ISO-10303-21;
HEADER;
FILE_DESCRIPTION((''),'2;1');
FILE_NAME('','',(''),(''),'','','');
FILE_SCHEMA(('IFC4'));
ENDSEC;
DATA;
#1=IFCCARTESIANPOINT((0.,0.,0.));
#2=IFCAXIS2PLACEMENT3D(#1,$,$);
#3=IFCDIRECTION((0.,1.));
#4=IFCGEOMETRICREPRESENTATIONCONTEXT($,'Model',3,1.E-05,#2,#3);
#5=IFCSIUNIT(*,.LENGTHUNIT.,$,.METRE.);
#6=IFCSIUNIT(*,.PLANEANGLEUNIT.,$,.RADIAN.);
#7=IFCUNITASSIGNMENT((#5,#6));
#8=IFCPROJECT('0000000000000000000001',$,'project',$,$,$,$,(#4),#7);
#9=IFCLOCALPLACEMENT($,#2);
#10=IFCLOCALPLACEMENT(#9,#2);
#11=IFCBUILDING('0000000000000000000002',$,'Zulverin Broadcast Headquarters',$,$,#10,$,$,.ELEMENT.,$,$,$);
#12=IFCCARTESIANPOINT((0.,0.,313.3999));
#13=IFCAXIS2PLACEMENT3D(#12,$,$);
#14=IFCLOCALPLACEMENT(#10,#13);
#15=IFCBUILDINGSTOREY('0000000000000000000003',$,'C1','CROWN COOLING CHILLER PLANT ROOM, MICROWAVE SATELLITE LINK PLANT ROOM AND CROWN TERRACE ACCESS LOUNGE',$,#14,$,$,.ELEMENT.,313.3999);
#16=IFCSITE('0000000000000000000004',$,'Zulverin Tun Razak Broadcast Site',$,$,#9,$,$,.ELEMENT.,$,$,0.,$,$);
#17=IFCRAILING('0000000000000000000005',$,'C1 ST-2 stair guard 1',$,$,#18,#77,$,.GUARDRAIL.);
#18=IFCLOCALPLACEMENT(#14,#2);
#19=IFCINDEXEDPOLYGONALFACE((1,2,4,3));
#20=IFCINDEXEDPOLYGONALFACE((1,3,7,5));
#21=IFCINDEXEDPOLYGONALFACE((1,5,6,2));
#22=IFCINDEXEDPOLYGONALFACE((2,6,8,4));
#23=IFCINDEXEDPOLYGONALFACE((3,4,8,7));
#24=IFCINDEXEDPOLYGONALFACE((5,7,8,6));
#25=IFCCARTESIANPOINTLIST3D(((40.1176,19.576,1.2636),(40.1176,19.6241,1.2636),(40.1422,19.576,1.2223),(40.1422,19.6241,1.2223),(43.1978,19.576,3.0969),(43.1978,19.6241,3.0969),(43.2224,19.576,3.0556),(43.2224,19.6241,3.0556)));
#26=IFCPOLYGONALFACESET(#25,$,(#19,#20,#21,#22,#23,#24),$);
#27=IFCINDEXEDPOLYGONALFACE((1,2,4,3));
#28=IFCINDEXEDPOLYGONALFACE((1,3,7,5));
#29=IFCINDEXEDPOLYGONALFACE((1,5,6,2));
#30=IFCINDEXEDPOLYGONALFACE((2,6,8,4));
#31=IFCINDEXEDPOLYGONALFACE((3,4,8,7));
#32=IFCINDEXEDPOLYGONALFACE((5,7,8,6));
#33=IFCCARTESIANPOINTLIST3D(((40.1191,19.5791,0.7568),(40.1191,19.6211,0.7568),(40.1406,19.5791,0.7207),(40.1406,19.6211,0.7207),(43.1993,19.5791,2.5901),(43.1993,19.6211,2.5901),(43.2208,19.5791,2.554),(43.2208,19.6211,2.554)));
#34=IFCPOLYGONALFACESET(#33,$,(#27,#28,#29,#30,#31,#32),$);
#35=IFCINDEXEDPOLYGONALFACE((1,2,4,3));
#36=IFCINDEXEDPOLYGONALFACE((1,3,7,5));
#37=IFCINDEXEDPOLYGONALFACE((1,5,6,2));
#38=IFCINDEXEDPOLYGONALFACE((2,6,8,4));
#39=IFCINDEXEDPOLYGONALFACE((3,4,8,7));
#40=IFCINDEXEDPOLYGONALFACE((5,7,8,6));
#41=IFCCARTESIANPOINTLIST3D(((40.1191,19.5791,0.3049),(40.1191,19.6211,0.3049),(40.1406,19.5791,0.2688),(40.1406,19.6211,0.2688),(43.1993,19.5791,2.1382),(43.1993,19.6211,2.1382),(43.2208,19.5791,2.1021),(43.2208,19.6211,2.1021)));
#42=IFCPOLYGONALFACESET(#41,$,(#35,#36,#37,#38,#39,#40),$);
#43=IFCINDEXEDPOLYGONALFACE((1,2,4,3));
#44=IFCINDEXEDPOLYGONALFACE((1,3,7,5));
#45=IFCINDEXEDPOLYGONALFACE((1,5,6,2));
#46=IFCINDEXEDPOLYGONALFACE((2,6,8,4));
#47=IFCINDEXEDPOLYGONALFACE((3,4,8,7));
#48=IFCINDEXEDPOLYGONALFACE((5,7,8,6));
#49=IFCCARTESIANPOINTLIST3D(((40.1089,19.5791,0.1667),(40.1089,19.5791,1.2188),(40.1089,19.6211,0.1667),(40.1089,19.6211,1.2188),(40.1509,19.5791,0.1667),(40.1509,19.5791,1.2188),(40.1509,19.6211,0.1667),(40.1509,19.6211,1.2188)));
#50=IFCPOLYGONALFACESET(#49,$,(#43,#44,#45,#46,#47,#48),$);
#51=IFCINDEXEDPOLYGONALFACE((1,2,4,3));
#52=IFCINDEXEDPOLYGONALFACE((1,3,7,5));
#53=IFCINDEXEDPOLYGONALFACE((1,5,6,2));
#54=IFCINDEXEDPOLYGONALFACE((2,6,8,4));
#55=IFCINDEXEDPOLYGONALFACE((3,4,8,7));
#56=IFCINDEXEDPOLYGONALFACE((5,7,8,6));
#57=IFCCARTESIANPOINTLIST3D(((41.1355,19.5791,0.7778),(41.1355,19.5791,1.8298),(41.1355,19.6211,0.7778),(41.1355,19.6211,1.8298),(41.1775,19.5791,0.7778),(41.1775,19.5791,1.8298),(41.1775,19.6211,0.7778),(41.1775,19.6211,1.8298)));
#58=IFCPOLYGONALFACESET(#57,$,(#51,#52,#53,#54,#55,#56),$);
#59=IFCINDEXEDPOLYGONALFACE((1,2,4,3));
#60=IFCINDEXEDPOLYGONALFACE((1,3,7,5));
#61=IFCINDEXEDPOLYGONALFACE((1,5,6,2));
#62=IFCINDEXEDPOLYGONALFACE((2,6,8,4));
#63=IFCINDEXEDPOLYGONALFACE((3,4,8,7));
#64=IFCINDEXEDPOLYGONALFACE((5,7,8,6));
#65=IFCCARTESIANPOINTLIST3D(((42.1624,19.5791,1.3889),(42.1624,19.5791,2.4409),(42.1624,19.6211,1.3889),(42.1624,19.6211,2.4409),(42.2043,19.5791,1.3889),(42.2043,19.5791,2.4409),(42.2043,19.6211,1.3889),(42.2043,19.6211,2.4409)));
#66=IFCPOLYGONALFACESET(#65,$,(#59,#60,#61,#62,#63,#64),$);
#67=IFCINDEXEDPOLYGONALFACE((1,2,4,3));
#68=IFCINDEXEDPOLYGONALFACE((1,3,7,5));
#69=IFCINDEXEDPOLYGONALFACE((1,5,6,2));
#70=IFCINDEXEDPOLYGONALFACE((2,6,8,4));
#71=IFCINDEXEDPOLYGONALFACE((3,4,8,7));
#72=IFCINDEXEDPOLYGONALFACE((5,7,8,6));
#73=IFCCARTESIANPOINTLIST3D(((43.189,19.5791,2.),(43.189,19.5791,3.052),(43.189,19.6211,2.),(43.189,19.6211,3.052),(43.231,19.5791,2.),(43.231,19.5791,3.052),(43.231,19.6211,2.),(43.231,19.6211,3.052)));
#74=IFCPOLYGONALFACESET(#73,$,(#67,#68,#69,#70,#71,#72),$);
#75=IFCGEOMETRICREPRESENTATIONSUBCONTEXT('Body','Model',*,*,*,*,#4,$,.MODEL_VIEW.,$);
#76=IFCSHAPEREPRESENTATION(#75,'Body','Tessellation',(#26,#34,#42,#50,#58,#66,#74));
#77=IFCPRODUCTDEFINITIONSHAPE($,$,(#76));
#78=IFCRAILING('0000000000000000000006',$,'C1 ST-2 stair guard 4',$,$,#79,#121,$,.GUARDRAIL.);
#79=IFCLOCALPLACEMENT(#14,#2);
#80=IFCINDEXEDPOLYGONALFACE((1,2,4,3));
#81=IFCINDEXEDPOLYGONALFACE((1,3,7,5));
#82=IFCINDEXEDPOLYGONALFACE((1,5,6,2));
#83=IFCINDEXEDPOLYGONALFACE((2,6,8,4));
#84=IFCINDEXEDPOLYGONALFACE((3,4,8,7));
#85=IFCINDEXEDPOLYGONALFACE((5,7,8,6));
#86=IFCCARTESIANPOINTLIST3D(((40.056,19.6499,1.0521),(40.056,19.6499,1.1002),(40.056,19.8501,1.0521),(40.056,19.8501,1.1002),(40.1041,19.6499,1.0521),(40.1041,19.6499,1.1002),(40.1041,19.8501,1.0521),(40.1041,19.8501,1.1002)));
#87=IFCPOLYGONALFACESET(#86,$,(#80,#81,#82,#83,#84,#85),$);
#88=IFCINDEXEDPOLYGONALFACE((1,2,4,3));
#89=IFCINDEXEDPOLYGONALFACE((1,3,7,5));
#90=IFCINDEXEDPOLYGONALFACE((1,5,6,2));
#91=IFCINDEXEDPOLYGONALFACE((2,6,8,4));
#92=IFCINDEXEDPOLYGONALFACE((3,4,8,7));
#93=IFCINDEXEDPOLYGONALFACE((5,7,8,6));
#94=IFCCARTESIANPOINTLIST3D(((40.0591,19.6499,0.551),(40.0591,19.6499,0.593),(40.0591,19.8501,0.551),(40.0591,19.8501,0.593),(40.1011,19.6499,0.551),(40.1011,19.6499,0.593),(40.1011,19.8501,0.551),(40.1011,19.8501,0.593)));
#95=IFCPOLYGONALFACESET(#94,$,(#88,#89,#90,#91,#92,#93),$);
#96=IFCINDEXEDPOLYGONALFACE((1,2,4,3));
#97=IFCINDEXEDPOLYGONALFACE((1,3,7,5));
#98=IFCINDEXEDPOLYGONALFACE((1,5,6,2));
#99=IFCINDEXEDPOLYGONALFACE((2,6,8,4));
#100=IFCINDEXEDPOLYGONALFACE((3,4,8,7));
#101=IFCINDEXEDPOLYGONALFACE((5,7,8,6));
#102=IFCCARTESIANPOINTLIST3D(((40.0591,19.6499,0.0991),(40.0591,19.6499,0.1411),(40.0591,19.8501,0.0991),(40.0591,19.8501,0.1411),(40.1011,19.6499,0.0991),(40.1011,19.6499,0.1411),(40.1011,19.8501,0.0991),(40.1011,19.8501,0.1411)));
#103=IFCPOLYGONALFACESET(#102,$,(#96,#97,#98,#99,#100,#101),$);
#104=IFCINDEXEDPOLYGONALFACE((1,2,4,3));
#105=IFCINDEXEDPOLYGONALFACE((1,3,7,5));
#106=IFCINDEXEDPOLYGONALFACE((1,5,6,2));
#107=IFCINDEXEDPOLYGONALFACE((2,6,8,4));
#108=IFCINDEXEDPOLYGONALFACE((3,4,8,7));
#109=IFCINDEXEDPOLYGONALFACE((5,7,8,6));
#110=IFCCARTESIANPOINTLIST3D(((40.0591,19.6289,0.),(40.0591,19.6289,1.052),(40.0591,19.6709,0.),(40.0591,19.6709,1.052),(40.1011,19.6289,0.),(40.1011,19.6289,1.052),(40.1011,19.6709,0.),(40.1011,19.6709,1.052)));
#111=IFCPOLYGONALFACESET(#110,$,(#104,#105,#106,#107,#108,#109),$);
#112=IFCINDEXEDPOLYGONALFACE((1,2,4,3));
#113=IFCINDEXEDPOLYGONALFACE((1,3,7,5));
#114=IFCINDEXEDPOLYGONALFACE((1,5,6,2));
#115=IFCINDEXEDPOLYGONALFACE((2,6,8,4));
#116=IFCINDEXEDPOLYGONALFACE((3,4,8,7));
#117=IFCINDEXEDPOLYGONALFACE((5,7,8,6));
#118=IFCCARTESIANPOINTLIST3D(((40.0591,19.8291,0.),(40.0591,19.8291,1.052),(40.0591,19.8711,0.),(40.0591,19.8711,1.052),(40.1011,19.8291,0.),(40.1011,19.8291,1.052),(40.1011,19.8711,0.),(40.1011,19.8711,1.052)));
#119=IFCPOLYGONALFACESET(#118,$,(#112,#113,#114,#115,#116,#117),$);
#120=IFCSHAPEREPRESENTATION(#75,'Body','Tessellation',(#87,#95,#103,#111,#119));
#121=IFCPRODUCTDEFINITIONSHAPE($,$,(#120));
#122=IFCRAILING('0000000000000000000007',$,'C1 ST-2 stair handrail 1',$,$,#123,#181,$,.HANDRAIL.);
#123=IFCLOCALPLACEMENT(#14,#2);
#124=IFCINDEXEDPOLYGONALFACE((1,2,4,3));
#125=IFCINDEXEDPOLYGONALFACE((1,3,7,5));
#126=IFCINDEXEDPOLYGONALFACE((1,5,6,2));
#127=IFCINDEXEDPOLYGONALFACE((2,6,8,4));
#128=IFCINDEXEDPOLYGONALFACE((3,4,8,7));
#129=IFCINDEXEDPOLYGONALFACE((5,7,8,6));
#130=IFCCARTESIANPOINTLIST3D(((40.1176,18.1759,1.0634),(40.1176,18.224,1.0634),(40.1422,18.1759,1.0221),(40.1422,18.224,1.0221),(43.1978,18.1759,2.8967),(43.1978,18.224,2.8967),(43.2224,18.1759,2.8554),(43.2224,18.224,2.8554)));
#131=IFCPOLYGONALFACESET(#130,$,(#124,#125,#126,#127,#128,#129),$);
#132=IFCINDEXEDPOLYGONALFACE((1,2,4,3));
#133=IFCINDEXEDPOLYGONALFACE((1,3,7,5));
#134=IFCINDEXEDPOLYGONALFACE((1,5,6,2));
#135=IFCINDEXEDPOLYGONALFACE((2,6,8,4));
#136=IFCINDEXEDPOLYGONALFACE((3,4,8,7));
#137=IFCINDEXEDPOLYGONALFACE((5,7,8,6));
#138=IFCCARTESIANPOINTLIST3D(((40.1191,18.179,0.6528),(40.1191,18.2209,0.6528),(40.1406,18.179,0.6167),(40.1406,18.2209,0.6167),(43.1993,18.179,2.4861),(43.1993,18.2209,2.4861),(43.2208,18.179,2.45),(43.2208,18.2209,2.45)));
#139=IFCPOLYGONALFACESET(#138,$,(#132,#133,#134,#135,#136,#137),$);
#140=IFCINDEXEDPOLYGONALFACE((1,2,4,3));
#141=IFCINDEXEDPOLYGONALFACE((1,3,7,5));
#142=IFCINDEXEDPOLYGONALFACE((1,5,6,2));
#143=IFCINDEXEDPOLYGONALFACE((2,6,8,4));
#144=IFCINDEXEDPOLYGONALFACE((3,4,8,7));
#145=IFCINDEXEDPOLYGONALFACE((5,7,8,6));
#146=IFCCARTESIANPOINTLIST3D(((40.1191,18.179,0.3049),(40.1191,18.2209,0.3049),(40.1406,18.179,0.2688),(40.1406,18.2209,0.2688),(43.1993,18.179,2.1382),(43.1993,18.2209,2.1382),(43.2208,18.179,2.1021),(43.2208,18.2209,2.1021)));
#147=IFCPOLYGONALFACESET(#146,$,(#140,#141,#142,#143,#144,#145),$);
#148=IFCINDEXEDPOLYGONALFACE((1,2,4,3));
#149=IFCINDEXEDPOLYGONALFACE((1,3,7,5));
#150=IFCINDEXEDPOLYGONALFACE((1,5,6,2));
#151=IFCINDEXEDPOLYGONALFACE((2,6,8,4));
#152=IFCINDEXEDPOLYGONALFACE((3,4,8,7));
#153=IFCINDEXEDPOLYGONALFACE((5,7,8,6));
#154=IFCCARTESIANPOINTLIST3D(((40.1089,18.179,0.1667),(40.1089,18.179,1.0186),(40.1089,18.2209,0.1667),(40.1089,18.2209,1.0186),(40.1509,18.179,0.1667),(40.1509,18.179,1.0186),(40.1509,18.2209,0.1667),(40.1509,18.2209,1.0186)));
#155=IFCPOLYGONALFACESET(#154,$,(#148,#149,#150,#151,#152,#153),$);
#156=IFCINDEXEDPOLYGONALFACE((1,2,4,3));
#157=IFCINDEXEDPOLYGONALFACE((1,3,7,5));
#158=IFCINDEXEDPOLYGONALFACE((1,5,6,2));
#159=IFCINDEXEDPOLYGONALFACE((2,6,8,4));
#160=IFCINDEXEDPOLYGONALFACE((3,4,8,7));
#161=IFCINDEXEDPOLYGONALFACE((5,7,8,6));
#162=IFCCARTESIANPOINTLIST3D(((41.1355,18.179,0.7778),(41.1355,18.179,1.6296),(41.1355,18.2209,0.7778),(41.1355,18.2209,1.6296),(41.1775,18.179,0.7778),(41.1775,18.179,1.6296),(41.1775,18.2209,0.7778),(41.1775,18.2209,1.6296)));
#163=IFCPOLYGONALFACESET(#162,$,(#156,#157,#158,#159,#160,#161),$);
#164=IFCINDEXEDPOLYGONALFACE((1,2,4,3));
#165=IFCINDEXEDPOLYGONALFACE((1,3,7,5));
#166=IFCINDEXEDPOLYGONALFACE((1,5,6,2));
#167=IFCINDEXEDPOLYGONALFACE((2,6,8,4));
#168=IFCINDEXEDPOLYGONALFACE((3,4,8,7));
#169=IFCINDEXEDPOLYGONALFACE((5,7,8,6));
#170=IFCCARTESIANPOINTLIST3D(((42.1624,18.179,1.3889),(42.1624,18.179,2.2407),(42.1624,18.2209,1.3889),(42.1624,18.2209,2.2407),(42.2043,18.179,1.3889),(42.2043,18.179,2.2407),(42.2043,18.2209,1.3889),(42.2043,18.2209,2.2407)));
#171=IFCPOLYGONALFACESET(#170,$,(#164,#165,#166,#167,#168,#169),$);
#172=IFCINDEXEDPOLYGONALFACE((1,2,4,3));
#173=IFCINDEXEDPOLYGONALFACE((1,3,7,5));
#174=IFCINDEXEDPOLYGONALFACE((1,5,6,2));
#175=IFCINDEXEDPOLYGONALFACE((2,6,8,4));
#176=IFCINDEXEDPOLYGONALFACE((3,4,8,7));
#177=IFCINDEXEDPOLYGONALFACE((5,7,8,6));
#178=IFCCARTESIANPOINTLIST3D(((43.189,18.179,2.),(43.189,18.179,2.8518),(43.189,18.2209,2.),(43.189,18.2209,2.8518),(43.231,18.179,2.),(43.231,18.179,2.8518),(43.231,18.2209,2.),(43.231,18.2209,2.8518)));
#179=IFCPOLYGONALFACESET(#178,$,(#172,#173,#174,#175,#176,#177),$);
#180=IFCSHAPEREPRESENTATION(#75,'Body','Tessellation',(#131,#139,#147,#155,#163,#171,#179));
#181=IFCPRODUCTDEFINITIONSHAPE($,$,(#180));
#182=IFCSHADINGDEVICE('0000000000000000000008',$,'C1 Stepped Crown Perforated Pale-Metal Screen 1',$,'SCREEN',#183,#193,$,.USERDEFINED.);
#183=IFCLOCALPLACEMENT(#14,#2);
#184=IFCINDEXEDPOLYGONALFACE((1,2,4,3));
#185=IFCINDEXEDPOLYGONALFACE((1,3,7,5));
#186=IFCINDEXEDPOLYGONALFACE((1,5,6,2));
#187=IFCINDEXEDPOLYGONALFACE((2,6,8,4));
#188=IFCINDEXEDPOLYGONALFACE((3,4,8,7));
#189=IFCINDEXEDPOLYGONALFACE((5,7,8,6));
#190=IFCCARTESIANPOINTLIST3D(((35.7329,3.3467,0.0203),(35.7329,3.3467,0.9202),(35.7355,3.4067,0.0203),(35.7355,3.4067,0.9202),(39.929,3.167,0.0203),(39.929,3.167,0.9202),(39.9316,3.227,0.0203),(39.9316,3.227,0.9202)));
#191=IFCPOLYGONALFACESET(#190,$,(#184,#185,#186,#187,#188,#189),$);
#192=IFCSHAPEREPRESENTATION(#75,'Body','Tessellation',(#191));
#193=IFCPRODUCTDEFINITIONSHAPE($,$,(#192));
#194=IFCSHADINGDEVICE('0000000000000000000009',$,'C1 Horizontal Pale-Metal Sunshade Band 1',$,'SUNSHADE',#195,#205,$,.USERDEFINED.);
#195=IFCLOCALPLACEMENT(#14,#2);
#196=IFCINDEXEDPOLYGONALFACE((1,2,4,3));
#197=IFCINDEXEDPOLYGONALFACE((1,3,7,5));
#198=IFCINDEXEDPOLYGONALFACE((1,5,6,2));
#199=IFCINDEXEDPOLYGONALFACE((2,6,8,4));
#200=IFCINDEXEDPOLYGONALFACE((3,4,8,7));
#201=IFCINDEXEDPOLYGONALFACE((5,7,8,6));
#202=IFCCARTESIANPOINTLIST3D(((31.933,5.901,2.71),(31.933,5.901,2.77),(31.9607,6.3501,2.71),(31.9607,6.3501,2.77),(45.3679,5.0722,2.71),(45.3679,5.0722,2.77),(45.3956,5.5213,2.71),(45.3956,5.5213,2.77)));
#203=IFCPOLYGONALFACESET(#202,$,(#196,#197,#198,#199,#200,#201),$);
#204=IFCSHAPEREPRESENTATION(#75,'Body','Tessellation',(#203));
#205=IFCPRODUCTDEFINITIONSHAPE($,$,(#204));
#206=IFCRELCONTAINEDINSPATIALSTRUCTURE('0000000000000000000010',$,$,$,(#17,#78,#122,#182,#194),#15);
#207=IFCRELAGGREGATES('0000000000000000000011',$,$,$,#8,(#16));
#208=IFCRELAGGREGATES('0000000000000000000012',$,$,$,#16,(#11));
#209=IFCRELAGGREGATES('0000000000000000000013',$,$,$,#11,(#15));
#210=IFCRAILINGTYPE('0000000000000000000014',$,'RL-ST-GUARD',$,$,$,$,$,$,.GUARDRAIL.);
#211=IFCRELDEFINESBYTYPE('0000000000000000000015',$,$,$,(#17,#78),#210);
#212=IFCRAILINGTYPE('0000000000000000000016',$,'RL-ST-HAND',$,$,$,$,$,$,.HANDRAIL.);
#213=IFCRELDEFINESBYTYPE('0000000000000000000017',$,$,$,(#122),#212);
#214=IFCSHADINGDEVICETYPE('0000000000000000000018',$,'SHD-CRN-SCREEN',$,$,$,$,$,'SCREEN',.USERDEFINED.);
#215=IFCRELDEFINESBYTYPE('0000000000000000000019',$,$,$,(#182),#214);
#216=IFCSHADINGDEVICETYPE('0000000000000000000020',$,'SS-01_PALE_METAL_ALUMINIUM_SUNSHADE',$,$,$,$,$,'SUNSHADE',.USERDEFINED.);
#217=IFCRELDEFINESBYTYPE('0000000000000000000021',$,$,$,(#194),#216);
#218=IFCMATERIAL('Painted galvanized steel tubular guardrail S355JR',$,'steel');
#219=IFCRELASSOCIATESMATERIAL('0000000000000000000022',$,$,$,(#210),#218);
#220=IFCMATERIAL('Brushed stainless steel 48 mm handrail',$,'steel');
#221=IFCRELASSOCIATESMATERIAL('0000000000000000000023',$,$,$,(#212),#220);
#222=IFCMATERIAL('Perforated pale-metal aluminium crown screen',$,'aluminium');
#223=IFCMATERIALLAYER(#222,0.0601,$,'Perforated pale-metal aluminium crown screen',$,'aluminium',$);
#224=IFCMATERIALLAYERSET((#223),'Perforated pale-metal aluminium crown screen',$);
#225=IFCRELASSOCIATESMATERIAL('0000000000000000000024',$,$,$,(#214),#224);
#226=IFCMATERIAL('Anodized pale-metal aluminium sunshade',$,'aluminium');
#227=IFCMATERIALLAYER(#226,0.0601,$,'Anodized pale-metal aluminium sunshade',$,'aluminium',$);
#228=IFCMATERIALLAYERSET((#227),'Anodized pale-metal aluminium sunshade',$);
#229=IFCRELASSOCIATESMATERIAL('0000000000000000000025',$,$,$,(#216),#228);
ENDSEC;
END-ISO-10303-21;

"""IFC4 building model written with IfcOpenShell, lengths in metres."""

from ifc_helpers import new_model, si_unit, direction, frame, origin, origin_2d, place, context, subcontext, project, spatial, rectangle, extrude, material, layer, layer_set, type_object, element, save


model = new_model("IFC4")

# Units and contexts
model_context = context("Model", 3, precision=1e-05, world=origin(), true_north=direction((0.0, 1.0)))
body_context = subcontext(model_context, "Body", "Model", "MODEL_VIEW")
ifc_project = project(units=[si_unit("LENGTHUNIT", "METRE"), si_unit("PLANEANGLEUNIT", "RADIAN")], contexts=[model_context])

# Site, building, storey
site_placement = place(None, origin())
site = spatial("IfcSite", under=ifc_project, at=site_placement, Name="Zulverin Tun Razak Broadcast Site", CompositionType="ELEMENT", RefElevation=0.0)
building_placement = place(site_placement, origin())
building = spatial("IfcBuilding", under=site, at=building_placement, Name="Zulverin Broadcast Headquarters", CompositionType="ELEMENT")
storey_placement = place(building_placement, frame((0.0, 0.0, 313.3999)))
storey = spatial("IfcBuildingStorey", under=building, at=storey_placement, Name="C1", Description="CROWN COOLING CHILLER PLANT ROOM, MICROWAVE SATELLITE LINK PLANT ROOM AND CROWN TERRACE ACCESS LOUNGE", CompositionType="ELEMENT", Elevation=313.3999)

# Railings
ifc_material_1 = material(Name="Painted galvanized steel tubular guardrail S355JR", Category="steel")
railing_type_1 = type_object("IfcRailingType", Name="RL-ST-GUARD", PredefinedType="GUARDRAIL", material=ifc_material_1)
railing_1_placement = place(storey_placement, frame((40.1299, 19.6001, 0.1667)))
element("IfcRailing", 1, at=railing_1_placement, inside=storey, type_object=railing_type_1, Name="C1 ST-2 stair guard 1", PredefinedType="GUARDRAIL", context=body_context, shape_type="SweptSolid", body=[
    extrude(rectangle(XDim=0.0481, YDim=0.0481, at=origin_2d()), frame((0.0, 0.0, 1.0762), z_axis=(0.859309, 0.0, 0.511458), x_axis=(0.0, 1.0, 0.0)), (0.0, 0.0, 1.0), 3.5845),
    extrude(rectangle(XDim=0.042, YDim=0.042, at=origin_2d()), frame((0.0, 0.0, 0.572), z_axis=(0.859309, 0.0, 0.511458), x_axis=(0.0, 1.0, 0.0)), (0.0, 0.0, 1.0), 3.5845),
    extrude(rectangle(XDim=0.042, YDim=0.042, at=origin_2d()), frame((0.0, 0.0, 0.1201), z_axis=(0.859309, 0.0, 0.511458), x_axis=(0.0, 1.0, 0.0)), (0.0, 0.0, 1.0), 3.5845),
    extrude(rectangle(XDim=0.042, YDim=0.042, at=origin_2d()), origin(), (0.0, 0.0, 1.0), 1.052),
    extrude(rectangle(XDim=0.042, YDim=0.042, at=origin_2d()), frame((1.0266, 0.0, 0.6111)), (0.0, 0.0, 1.0), 1.052),
    extrude(rectangle(XDim=0.042, YDim=0.042, at=origin_2d()), frame((2.0535, 0.0, 1.2222)), (0.0, 0.0, 1.0), 1.052),
    extrude(rectangle(XDim=0.042, YDim=0.042, at=origin_2d()), frame((3.0801, 0.0, 1.8333)), (0.0, 0.0, 1.0), 1.052),
])
railing_2_placement = place(storey_placement, frame((40.0801, 19.6499, 0.0)))
element("IfcRailing", 2, at=railing_2_placement, inside=storey, type_object=railing_type_1, Name="C1 ST-2 stair guard 4", PredefinedType="GUARDRAIL", context=body_context, shape_type="SweptSolid", body=[
    extrude(rectangle(XDim=0.0481, YDim=0.0481, at=origin_2d()), frame((0.0, 0.0, 1.0762), z_axis=(0.0, 1.0, 0.0), x_axis=(-1.0, 0.0, 0.0)), (0.0, 0.0, 1.0), 0.2002),
    extrude(rectangle(XDim=0.042, YDim=0.042, at=origin_2d()), frame((0.0, 0.0, 0.572), z_axis=(0.0, 1.0, 0.0), x_axis=(-1.0, 0.0, 0.0)), (0.0, 0.0, 1.0), 0.2002),
    extrude(rectangle(XDim=0.042, YDim=0.042, at=origin_2d()), frame((0.0, 0.0, 0.1201), z_axis=(0.0, 1.0, 0.0), x_axis=(-1.0, 0.0, 0.0)), (0.0, 0.0, 1.0), 0.2002),
    extrude(rectangle(XDim=0.042, YDim=0.042, at=origin_2d()), origin(), (0.0, 0.0, 1.0), 1.052),
    extrude(rectangle(XDim=0.042, YDim=0.042, at=origin_2d()), frame((0.0, 0.2002, 0.0)), (0.0, 0.0, 1.0), 1.052),
])
ifc_material_2 = material(Name="Brushed stainless steel 48 mm handrail", Category="steel")
railing_type_2 = type_object("IfcRailingType", Name="RL-ST-HAND", PredefinedType="HANDRAIL", material=ifc_material_2)
railing_3_placement = place(storey_placement, frame((40.1299, 18.2, 0.1667)))
element("IfcRailing", 3, at=railing_3_placement, inside=storey, type_object=railing_type_2, Name="C1 ST-2 stair handrail 1", PredefinedType="HANDRAIL", context=body_context, shape_type="SweptSolid", body=[
    extrude(rectangle(XDim=0.0481, YDim=0.0481, at=origin_2d()), frame((0.0, 0.0, 0.876), z_axis=(0.859309, 0.0, 0.511458), x_axis=(0.0, 1.0, 0.0)), (0.0, 0.0, 1.0), 3.5845),
    extrude(rectangle(XDim=0.042, YDim=0.042, at=origin_2d()), frame((0.0, 0.0, 0.468), z_axis=(0.859309, 0.0, 0.511458), x_axis=(0.0, 1.0, 0.0)), (0.0, 0.0, 1.0), 3.5845),
    extrude(rectangle(XDim=0.042, YDim=0.042, at=origin_2d()), frame((0.0, 0.0, 0.1201), z_axis=(0.859309, 0.0, 0.511458), x_axis=(0.0, 1.0, 0.0)), (0.0, 0.0, 1.0), 3.5845),
    extrude(rectangle(XDim=0.042, YDim=0.042, at=origin_2d()), origin(), (0.0, 0.0, 1.0), 0.8518),
    extrude(rectangle(XDim=0.042, YDim=0.042, at=origin_2d()), frame((1.0266, 0.0, 0.6111)), (0.0, 0.0, 1.0), 0.8518),
    extrude(rectangle(XDim=0.042, YDim=0.042, at=origin_2d()), frame((2.0535, 0.0, 1.2222)), (0.0, 0.0, 1.0), 0.8518),
    extrude(rectangle(XDim=0.042, YDim=0.042, at=origin_2d()), frame((3.0801, 0.0, 1.8333)), (0.0, 0.0, 1.0), 0.8518),
])

# Shading devices
ifc_material_3 = material(Name="Perforated pale-metal aluminium crown screen", Category="aluminium")
ifc_layer_1 = layer(ifc_material_3, 0.0601, Name="Perforated pale-metal aluminium crown screen", Category="aluminium")
ifc_layer_set_1 = layer_set([ifc_layer_1], Name="Perforated pale-metal aluminium crown screen")
shading_device_type_1 = type_object("IfcShadingDeviceType", Name="SHD-CRN-SCREEN", ElementType="SCREEN", PredefinedType="USERDEFINED", material=ifc_layer_set_1)
shading_device_1_placement = place(storey_placement, frame((37.8323, 3.2869, 0.0203), z_axis=(0.0, 0.0, 1.0), x_axis=(0.999085, -0.042774, 0.0)))
element("IfcShadingDevice", 4, at=shading_device_1_placement, inside=storey, type_object=shading_device_type_1, Name="C1 Stepped Crown Perforated Pale-Metal Screen 1", ObjectType="SCREEN", PredefinedType="USERDEFINED", context=body_context, shape_type="SweptSolid", body=[
    extrude(rectangle(XDim=4.2, YDim=0.0601, at=origin_2d()), origin(), (0.0, 0.0, 1.0), 0.8999),
])
ifc_material_4 = material(Name="Anodized pale-metal aluminium sunshade", Category="aluminium")
ifc_layer_2 = layer(ifc_material_4, 0.0601, Name="Anodized pale-metal aluminium sunshade", Category="aluminium")
ifc_layer_set_2 = layer_set([ifc_layer_2], Name="Anodized pale-metal aluminium sunshade")
shading_device_type_2 = type_object("IfcShadingDeviceType", Name="SS-01_PALE_METAL_ALUMINIUM_SUNSHADE", ElementType="SUNSHADE", PredefinedType="USERDEFINED", material=ifc_layer_set_2)
shading_device_2_placement = place(storey_placement, frame((38.6643, 5.7112, 2.71), z_axis=(0.0, 0.0, 1.0), x_axis=(0.998103, -0.061571, 0.0)))
element("IfcShadingDevice", 5, at=shading_device_2_placement, inside=storey, type_object=shading_device_type_2, Name="C1 Horizontal Pale-Metal Sunshade Band 1", ObjectType="SUNSHADE", PredefinedType="USERDEFINED", context=body_context, shape_type="SweptSolid", body=[
    extrude(rectangle(XDim=13.4604, YDim=0.45, at=origin_2d()), origin(), (0.0, 0.0, 1.0), 0.0601),
])

save(model, "model.ifc")
